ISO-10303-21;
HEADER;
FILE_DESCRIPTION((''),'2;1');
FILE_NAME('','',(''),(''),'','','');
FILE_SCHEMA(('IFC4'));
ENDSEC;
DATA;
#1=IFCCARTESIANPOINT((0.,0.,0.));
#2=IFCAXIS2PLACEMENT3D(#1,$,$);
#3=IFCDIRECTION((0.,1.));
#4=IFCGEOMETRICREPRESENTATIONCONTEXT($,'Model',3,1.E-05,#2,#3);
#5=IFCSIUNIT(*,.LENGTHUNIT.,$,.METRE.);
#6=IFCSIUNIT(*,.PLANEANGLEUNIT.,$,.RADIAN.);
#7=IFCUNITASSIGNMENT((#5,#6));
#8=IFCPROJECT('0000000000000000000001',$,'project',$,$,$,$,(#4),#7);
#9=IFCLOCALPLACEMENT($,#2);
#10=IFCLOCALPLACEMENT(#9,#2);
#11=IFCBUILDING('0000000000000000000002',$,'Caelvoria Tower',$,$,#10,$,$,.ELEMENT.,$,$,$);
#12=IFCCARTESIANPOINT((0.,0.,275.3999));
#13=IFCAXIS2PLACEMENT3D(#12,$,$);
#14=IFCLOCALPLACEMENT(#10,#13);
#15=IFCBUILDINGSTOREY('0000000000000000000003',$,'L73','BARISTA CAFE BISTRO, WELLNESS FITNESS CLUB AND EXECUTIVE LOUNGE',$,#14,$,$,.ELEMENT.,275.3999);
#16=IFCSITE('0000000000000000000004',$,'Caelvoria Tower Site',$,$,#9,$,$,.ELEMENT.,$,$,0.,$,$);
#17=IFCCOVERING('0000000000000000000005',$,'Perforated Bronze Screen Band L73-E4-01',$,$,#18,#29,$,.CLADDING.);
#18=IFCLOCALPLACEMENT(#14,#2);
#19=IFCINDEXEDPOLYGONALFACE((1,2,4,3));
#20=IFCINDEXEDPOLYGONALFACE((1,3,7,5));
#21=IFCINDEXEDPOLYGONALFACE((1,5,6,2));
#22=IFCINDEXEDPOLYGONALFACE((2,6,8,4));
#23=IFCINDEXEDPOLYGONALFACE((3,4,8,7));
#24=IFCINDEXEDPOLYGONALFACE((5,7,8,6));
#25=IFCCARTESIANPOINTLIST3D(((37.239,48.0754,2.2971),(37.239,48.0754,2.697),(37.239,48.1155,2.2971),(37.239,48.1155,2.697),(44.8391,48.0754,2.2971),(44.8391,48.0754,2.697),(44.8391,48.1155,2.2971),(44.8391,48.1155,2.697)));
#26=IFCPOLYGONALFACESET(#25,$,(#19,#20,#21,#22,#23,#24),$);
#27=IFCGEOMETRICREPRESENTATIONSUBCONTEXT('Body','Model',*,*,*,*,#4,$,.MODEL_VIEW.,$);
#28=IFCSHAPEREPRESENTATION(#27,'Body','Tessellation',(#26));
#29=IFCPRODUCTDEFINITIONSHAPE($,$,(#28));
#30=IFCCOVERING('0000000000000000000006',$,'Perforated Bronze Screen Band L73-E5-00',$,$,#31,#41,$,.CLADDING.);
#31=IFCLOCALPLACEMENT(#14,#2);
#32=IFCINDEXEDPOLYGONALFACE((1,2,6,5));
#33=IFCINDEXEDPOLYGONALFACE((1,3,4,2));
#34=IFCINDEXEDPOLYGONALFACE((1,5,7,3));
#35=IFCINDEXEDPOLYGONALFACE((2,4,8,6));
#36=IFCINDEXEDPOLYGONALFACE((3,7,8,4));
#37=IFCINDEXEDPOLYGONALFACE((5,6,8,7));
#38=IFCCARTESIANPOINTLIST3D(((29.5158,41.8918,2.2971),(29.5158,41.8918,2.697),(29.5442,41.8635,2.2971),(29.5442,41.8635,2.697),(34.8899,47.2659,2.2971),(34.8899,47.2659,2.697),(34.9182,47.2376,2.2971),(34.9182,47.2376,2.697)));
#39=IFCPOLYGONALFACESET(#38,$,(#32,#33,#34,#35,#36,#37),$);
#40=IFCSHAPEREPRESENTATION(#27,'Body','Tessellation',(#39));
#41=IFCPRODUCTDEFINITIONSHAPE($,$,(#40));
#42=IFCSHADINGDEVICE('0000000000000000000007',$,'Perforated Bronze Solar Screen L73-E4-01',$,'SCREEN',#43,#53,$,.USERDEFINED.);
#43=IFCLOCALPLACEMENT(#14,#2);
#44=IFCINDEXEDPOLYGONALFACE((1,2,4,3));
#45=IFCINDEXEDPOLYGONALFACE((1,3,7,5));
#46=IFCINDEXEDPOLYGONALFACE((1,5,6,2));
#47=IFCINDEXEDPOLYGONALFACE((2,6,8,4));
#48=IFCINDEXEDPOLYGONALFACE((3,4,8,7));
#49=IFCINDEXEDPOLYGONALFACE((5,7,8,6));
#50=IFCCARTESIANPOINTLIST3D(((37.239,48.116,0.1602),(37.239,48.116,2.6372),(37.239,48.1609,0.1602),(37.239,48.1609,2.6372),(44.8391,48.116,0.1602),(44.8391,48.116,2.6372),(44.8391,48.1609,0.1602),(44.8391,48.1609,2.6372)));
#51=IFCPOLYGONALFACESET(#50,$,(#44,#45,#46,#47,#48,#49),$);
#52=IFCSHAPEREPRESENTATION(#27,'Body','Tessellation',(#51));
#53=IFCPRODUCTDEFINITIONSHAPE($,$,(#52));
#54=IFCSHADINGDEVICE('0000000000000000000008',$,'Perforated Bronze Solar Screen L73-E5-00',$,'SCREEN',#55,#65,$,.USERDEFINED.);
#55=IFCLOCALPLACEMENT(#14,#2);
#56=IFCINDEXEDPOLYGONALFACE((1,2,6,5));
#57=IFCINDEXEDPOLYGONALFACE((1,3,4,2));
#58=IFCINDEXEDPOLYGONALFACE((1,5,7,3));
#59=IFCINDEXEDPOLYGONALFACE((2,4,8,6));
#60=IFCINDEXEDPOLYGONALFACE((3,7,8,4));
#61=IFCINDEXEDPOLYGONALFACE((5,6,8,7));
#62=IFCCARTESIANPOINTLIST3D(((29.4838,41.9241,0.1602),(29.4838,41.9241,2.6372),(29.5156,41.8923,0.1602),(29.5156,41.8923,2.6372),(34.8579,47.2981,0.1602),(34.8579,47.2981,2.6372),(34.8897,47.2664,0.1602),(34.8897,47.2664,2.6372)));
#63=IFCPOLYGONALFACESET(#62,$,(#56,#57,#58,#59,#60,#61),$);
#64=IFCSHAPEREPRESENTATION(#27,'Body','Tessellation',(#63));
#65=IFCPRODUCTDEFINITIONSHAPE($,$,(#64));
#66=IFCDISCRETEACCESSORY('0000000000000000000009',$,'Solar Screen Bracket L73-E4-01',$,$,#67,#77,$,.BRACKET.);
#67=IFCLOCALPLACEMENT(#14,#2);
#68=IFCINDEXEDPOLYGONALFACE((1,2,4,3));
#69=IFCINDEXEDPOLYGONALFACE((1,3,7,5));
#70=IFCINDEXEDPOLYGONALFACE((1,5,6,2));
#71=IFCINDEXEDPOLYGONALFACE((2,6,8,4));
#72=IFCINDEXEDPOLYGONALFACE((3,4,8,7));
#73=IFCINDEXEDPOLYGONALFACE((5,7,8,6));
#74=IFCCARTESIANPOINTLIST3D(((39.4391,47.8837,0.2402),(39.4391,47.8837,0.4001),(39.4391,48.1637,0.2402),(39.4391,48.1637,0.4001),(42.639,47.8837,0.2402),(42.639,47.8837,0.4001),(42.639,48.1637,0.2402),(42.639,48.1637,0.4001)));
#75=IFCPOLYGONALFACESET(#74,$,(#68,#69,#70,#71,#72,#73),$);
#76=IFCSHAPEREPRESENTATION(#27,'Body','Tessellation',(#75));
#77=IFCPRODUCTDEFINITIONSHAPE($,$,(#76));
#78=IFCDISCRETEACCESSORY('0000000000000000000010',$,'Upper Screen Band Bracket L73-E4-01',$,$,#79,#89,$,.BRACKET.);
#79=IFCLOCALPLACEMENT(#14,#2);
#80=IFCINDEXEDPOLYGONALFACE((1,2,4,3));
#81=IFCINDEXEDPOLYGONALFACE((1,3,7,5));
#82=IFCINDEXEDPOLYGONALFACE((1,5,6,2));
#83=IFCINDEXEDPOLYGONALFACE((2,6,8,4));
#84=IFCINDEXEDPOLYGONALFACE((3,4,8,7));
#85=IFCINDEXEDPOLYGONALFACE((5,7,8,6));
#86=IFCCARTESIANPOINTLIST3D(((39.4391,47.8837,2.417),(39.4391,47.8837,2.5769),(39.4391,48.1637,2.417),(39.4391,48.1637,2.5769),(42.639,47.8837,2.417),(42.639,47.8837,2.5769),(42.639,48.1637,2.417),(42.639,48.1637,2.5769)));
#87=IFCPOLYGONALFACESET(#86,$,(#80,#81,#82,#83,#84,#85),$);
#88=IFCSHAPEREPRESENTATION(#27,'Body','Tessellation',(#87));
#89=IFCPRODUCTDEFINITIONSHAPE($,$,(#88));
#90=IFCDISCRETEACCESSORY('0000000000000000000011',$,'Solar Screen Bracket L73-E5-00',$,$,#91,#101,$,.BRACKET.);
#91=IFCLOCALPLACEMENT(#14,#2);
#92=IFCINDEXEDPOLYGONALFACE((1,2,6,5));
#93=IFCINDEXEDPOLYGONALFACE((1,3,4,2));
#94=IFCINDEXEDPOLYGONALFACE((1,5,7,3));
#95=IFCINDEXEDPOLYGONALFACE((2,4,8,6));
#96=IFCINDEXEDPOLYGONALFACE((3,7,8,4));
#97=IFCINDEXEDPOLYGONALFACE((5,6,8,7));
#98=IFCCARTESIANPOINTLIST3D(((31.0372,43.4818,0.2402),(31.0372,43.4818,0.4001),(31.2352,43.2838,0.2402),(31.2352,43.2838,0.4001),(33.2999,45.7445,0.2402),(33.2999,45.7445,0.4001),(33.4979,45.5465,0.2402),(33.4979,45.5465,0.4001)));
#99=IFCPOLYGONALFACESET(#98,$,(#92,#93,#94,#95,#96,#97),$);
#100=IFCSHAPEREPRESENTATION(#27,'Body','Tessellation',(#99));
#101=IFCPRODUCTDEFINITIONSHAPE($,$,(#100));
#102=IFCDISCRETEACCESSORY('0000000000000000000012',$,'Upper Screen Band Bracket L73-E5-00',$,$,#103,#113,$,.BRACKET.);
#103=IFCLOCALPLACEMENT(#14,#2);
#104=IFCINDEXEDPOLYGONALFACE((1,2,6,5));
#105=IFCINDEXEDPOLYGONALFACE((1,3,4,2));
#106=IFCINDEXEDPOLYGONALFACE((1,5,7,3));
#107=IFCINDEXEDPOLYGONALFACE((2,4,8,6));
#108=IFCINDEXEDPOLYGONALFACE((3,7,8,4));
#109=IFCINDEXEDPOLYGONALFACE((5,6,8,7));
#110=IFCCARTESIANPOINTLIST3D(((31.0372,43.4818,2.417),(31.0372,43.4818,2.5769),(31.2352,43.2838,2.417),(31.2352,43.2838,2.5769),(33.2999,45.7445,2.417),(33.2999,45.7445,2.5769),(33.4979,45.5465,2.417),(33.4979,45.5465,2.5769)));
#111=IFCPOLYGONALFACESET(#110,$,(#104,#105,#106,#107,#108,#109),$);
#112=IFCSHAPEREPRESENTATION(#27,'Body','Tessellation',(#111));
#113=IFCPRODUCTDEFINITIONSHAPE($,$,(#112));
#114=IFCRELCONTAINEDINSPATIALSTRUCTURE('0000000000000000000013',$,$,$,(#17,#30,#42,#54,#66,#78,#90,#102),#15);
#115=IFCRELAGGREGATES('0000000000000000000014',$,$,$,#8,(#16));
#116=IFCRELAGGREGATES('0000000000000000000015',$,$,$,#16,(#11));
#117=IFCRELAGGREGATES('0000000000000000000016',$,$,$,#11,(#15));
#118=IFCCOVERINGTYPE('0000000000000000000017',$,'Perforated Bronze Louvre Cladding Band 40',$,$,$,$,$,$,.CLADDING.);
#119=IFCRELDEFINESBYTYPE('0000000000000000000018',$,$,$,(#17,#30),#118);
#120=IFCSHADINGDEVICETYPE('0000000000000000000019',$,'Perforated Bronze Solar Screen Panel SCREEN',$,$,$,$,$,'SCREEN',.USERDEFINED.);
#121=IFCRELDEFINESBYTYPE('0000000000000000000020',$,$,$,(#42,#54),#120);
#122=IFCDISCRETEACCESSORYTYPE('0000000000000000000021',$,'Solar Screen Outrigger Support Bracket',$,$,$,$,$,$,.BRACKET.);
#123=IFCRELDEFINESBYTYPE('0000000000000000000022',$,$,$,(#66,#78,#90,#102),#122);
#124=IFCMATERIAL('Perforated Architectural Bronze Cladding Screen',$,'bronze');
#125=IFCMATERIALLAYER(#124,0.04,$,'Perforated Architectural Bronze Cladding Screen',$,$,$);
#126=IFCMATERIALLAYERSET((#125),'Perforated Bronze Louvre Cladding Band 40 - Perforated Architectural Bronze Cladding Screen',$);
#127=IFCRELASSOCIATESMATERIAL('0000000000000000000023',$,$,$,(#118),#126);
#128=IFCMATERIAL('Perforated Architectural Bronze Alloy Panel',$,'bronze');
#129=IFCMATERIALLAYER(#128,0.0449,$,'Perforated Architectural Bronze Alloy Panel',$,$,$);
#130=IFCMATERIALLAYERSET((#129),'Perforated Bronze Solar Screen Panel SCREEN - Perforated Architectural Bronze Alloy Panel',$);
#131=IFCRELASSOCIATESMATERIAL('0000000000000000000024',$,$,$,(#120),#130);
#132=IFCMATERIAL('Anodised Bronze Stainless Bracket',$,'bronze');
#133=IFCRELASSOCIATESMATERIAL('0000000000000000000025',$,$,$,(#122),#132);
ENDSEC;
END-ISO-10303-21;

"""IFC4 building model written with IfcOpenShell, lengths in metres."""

from ifc_helpers import new_model, si_unit, direction, frame, origin, origin_2d, place, context, subcontext, project, spatial, rectangle, extrude, material, layer, layer_set, type_object, element, save


model = new_model("IFC4")

# Units and contexts
model_context = context("Model", 3, precision=1e-05, world=origin(), true_north=direction((0.0, 1.0)))
body_context = subcontext(model_context, "Body", "Model", "MODEL_VIEW")
ifc_project = project(units=[si_unit("LENGTHUNIT", "METRE"), si_unit("PLANEANGLEUNIT", "RADIAN")], contexts=[model_context])

# Site, building, storey
site_placement = place(None, origin())
site = spatial("IfcSite", under=ifc_project, at=site_placement, Name="Caelvoria Tower Site", CompositionType="ELEMENT", RefElevation=0.0)
building_placement = place(site_placement, origin())
building = spatial("IfcBuilding", under=site, at=building_placement, Name="Caelvoria Tower", CompositionType="ELEMENT")
storey_placement = place(building_placement, frame((0.0, 0.0, 275.3999)))
storey = spatial("IfcBuildingStorey", under=building, at=storey_placement, Name="L73", Description="BARISTA CAFE BISTRO, WELLNESS FITNESS CLUB AND EXECUTIVE LOUNGE", CompositionType="ELEMENT", Elevation=275.3999)

# Coverings
ifc_material_1 = material(Name="Perforated Architectural Bronze Cladding Screen", Category="bronze")
ifc_layer_1 = layer(ifc_material_1, 0.04, Name="Perforated Architectural Bronze Cladding Screen")
ifc_layer_set_1 = layer_set([ifc_layer_1], Name="Perforated Bronze Louvre Cladding Band 40 - Perforated Architectural Bronze Cladding Screen")
covering_type = type_object("IfcCoveringType", Name="Perforated Bronze Louvre Cladding Band 40", PredefinedType="CLADDING", material=ifc_layer_set_1)
for number, where, z_axis, x_axis, name in (
    (1, (41.0391, 48.0955, 2.2971), (0.0, 0.0, 1.0), (-1.0, 0.0, 0.0), "Perforated Bronze Screen Band L73-E4-01"),
    (2, (32.217, 44.5647, 2.2971), (0.0, 0.0, 1.0), (-0.707107, -0.707107, 0.0), "Perforated Bronze Screen Band L73-E5-00"),
):
    element("IfcCovering", number, at=place(storey_placement, frame(where, z_axis=z_axis, x_axis=x_axis)), inside=storey, type_object=covering_type, Name=name, PredefinedType="CLADDING", context=body_context, shape_type="SweptSolid", body=[
        extrude(rectangle(XDim=7.6001, YDim=0.04, at=origin_2d()), origin(), (0.0, 0.0, 1.0), 0.3999),
    ])

# Shading devices
ifc_material_2 = material(Name="Perforated Architectural Bronze Alloy Panel", Category="bronze")
ifc_layer_2 = layer(ifc_material_2, 0.0449, Name="Perforated Architectural Bronze Alloy Panel")
ifc_layer_set_2 = layer_set([ifc_layer_2], Name="Perforated Bronze Solar Screen Panel SCREEN - Perforated Architectural Bronze Alloy Panel")
shading_device_type = type_object("IfcShadingDeviceType", Name="Perforated Bronze Solar Screen Panel SCREEN", ElementType="SCREEN", PredefinedType="USERDEFINED", material=ifc_layer_set_2)
for number, where, z_axis, x_axis, name in (
    (3, (41.0391, 48.1384, 0.1602), (0.0, 0.0, 1.0), (-1.0, 0.0, 0.0), "Perforated Bronze Solar Screen L73-E4-01"),
    (4, (32.1868, 44.5952, 0.1602), (0.0, 0.0, 1.0), (-0.707107, -0.707107, 0.0), "Perforated Bronze Solar Screen L73-E5-00"),
):
    element("IfcShadingDevice", number, at=place(storey_placement, frame(where, z_axis=z_axis, x_axis=x_axis)), inside=storey, type_object=shading_device_type, Name=name, ObjectType="SCREEN", PredefinedType="USERDEFINED", context=body_context, shape_type="SweptSolid", body=[
        extrude(rectangle(XDim=7.6001, YDim=0.0449, at=origin_2d()), origin(), (0.0, 0.0, 1.0), 2.4771),
    ])

# Discrete accessories
ifc_material_3 = material(Name="Anodised Bronze Stainless Bracket", Category="bronze")
discrete_accessory_type = type_object("IfcDiscreteAccessoryType", Name="Solar Screen Outrigger Support Bracket", PredefinedType="BRACKET", material=ifc_material_3)
for number, where, z_axis, x_axis, name in (
    (5, (41.0391, 48.0237, 0.2402), (0.0, 0.0, 1.0), (-1.0, 0.0, 0.0), "Solar Screen Bracket L73-E4-01"),
    (6, (41.0391, 48.0237, 2.417), (0.0, 0.0, 1.0), (-1.0, 0.0, 0.0), "Upper Screen Band Bracket L73-E4-01"),
    (7, (32.2676, 44.5142, 0.2402), (0.0, 0.0, 1.0), (-0.707107, -0.707107, 0.0), "Solar Screen Bracket L73-E5-00"),
    (8, (32.2676, 44.5142, 2.417), (0.0, 0.0, 1.0), (-0.707107, -0.707107, 0.0), "Upper Screen Band Bracket L73-E5-00"),
):
    element("IfcDiscreteAccessory", number, at=place(storey_placement, frame(where, z_axis=z_axis, x_axis=x_axis)), inside=storey, type_object=discrete_accessory_type, Name=name, PredefinedType="BRACKET", context=body_context, shape_type="SweptSolid", body=[
        extrude(rectangle(XDim=3.2, YDim=0.28, at=origin_2d()), origin(), (0.0, 0.0, 1.0), 0.1599),
    ])

save(model, "model.ifc")
